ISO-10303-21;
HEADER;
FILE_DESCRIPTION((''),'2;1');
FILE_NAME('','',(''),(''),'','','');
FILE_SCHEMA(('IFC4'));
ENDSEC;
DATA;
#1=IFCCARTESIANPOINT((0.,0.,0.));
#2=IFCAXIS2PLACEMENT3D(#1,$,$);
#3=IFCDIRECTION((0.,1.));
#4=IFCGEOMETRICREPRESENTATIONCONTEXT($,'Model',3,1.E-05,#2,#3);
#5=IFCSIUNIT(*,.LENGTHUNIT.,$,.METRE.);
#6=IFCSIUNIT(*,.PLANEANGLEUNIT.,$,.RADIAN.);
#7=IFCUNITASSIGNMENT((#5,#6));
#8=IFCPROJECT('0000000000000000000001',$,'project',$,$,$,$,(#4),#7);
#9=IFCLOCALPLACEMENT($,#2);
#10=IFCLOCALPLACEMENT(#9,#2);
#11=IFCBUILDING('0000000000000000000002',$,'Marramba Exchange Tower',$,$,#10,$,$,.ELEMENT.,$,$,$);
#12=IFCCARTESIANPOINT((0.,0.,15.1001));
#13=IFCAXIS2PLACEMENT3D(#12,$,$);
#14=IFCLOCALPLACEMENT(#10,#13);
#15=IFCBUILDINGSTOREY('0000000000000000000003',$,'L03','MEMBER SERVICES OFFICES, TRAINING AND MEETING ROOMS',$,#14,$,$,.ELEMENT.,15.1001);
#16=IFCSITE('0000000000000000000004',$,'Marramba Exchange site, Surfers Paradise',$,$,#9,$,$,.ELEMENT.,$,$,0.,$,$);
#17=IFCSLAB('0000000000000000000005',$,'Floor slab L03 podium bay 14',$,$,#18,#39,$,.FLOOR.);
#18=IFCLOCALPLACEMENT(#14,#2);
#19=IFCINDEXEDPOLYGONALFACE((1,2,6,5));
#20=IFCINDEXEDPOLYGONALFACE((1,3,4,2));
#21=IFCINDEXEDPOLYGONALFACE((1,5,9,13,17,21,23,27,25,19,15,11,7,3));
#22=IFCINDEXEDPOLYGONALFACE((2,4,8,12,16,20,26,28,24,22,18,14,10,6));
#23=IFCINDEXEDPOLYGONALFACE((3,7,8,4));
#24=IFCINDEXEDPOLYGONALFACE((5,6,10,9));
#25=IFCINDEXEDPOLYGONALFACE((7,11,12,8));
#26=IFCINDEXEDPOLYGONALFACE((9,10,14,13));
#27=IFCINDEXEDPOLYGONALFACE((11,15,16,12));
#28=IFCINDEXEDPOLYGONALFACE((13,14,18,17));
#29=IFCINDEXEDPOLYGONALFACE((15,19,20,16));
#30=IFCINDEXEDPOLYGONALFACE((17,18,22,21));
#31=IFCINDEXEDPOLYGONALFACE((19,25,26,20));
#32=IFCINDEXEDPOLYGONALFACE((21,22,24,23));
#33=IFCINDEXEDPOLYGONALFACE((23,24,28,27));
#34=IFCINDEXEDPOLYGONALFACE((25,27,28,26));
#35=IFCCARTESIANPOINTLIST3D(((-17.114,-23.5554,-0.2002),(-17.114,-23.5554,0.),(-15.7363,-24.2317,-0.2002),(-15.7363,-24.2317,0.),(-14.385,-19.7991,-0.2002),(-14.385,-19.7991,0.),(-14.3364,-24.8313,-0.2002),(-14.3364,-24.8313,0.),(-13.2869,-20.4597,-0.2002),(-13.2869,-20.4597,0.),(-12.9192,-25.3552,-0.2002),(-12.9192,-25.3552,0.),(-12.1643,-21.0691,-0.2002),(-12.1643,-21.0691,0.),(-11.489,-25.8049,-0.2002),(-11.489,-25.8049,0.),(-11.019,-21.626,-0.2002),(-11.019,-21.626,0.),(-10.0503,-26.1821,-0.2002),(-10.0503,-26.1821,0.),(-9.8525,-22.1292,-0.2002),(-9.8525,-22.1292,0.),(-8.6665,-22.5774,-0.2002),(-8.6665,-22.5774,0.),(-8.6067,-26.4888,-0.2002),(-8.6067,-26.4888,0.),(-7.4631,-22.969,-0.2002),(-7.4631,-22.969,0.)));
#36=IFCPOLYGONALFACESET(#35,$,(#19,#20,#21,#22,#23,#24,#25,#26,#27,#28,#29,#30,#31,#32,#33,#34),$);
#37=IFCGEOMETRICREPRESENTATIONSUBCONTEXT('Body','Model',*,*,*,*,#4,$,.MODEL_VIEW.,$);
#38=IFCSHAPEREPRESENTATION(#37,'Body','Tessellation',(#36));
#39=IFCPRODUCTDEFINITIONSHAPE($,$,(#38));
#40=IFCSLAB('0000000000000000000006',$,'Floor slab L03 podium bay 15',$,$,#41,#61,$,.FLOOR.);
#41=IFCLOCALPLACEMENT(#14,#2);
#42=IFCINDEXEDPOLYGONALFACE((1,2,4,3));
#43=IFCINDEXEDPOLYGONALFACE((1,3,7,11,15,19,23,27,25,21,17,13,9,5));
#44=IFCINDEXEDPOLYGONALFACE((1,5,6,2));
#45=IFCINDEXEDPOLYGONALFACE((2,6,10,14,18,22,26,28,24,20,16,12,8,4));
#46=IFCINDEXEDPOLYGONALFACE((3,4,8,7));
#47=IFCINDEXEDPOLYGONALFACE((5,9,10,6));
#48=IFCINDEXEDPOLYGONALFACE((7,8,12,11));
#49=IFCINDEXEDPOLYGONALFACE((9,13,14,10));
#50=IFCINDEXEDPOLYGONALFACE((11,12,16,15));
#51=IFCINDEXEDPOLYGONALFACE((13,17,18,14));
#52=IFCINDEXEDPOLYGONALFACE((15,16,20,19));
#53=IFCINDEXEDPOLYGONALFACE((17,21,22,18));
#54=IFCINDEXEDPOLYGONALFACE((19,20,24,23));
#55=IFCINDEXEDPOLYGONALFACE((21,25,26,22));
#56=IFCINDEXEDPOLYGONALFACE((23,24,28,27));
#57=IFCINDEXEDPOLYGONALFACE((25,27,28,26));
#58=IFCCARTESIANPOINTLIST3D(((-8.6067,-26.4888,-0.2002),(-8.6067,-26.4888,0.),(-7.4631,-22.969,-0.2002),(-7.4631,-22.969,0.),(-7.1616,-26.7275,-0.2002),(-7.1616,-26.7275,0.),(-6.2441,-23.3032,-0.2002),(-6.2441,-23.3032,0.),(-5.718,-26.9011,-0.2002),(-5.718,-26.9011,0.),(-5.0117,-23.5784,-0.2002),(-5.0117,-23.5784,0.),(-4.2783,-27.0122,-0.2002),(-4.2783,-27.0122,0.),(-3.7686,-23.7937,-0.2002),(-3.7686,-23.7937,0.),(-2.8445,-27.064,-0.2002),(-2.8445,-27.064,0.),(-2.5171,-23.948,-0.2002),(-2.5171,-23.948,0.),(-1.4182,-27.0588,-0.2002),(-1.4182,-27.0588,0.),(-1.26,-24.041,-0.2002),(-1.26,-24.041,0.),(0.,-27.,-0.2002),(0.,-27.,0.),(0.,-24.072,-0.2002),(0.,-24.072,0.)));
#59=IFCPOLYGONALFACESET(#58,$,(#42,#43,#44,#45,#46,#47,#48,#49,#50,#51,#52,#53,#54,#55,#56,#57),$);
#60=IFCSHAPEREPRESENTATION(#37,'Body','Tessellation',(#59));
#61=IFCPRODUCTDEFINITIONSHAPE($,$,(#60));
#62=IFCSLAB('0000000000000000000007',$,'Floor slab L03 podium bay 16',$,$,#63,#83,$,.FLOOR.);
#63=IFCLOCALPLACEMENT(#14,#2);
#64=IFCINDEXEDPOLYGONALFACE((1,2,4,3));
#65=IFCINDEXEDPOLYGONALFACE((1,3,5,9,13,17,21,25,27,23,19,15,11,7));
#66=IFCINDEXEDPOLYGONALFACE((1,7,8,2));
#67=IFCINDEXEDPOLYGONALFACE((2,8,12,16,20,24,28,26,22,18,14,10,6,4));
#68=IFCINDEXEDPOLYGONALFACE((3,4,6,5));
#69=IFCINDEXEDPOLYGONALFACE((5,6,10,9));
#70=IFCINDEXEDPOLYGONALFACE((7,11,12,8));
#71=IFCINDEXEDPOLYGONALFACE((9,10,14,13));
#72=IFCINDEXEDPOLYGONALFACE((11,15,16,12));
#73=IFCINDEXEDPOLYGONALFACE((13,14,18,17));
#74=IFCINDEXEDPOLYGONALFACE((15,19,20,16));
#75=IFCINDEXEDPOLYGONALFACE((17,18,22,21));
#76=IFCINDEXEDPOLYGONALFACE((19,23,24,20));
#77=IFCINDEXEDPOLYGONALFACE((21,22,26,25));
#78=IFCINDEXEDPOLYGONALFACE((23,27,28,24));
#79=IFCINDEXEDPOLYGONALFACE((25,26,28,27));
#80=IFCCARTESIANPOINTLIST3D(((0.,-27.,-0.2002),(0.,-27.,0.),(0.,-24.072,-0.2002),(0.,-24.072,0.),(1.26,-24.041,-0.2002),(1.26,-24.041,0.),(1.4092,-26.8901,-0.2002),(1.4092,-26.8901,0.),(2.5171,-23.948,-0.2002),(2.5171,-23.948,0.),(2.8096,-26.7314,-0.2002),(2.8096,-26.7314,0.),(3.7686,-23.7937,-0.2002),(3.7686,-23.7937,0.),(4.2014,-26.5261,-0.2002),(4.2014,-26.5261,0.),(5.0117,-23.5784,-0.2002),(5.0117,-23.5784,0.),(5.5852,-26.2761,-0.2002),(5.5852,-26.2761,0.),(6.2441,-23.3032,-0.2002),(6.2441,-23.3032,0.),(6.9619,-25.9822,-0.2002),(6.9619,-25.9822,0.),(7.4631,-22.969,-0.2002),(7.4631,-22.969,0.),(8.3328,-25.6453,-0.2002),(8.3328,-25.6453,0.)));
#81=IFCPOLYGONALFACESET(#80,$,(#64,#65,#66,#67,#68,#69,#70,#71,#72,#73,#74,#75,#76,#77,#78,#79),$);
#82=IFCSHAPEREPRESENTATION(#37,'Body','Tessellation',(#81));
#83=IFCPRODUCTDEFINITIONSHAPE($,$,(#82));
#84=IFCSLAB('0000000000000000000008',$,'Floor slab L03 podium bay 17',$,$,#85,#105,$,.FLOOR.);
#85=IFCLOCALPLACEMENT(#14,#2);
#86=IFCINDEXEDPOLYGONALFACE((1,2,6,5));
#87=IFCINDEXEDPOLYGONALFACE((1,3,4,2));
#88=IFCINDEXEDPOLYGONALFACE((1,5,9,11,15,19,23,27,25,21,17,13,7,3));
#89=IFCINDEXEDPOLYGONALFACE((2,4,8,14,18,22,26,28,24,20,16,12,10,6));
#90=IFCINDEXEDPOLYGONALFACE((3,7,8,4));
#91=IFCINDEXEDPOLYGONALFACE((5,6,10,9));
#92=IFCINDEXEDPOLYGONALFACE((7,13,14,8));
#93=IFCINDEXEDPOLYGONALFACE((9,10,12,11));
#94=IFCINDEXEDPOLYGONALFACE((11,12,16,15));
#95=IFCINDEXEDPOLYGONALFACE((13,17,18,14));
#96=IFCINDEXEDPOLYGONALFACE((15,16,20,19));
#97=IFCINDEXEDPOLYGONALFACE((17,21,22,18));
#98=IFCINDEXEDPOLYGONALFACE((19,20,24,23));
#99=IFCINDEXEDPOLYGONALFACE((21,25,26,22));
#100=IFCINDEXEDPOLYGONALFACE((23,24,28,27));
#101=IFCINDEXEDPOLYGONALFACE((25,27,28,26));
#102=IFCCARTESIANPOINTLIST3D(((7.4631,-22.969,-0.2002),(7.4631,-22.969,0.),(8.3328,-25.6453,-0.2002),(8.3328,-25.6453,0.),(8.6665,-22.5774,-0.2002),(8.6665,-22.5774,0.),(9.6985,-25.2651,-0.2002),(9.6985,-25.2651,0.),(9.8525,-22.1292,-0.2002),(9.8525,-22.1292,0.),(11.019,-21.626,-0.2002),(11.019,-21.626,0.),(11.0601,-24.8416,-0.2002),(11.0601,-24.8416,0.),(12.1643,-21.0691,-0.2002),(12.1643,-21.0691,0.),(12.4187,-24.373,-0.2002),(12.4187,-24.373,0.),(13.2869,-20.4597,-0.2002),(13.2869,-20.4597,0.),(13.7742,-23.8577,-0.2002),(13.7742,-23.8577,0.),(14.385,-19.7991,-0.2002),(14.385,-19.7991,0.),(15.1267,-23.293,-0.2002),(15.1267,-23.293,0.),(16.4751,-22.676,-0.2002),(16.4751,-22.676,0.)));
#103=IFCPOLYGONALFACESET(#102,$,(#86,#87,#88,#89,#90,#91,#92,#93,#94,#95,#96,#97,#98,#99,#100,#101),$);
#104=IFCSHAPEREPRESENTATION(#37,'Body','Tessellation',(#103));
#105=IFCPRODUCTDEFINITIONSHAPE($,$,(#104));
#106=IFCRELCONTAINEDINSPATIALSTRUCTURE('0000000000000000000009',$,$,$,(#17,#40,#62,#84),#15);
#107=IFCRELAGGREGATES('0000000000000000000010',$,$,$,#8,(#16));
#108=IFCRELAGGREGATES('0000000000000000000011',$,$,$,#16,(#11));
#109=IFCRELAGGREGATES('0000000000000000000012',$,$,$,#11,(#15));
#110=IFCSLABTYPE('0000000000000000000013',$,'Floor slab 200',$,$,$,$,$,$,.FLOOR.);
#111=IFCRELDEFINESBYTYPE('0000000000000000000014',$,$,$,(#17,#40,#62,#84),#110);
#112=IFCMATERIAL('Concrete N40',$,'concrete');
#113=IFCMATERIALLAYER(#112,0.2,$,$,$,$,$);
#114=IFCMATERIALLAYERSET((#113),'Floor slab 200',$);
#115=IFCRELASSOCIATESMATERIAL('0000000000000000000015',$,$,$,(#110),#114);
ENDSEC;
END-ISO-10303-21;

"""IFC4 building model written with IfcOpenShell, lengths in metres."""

from ifc_helpers import new_model, si_unit, direction, frame, origin, place, context, subcontext, project, spatial, polyline, outline, extrude, material, layer, layer_set, type_object, element, save


model = new_model("IFC4")

# Units and contexts
model_context = context("Model", 3, precision=1e-05, world=origin(), true_north=direction((0.0, 1.0)))
body_context = subcontext(model_context, "Body", "Model", "MODEL_VIEW")
ifc_project = project(units=[si_unit("LENGTHUNIT", "METRE"), si_unit("PLANEANGLEUNIT", "RADIAN")], contexts=[model_context])

# Site, building, storey
site_placement = place(None, origin())
site = spatial("IfcSite", under=ifc_project, at=site_placement, Name="Marramba Exchange site, Surfers Paradise", CompositionType="ELEMENT", RefElevation=0.0)
building_placement = place(site_placement, origin())
building = spatial("IfcBuilding", under=site, at=building_placement, Name="Marramba Exchange Tower", CompositionType="ELEMENT")
storey_placement = place(building_placement, frame((0.0, 0.0, 15.1001)))
storey = spatial("IfcBuildingStorey", under=building, at=storey_placement, Name="L03", Description="MEMBER SERVICES OFFICES, TRAINING AND MEETING ROOMS", CompositionType="ELEMENT", Elevation=15.1001)

# Slabs
ifc_material_1 = material(Name="Concrete N40", Category="concrete")
ifc_layer = layer(ifc_material_1, 0.2)
ifc_layer_set = layer_set([ifc_layer], Name="Floor slab 200")
slab_type = type_object("IfcSlabType", Name="Floor slab 200", PredefinedType="FLOOR", material=ifc_layer_set)
slab_1_placement = place(storey_placement, frame((0.0, 0.0, -0.2002)))
element("IfcSlab", 1, at=slab_1_placement, inside=storey, type_object=slab_type, Name="Floor slab L03 podium bay 14", PredefinedType="FLOOR", context=body_context, shape_type="SweptSolid", body=[
    extrude(outline(polyline([(-8.6067, -26.4888), (-10.0503, -26.1821), (-11.489, -25.8049), (-12.9192, -25.3552), (-14.3364, -24.8313), (-15.7363, -24.2317), (-17.114, -23.5554), (-14.385, -19.7991), (-13.2869, -20.4597), (-12.1643, -21.0691), (-11.019, -21.626), (-9.8525, -22.1292), (-8.6665, -22.5774), (-7.4631, -22.969), (-8.6067, -26.4888)])), origin(), (0.0, 0.0, 1.0), 0.2002),
])
slab_2_placement = place(storey_placement, frame((0.0, 0.0, -0.2002)))
element("IfcSlab", 2, at=slab_2_placement, inside=storey, type_object=slab_type, Name="Floor slab L03 podium bay 15", PredefinedType="FLOOR", context=body_context, shape_type="SweptSolid", body=[
    extrude(outline(polyline([(-1.4182, -27.0588), (-2.8445, -27.064), (-4.2783, -27.0122), (-5.718, -26.9011), (-7.1616, -26.7275), (-8.6067, -26.4888), (-7.4631, -22.969), (-6.2441, -23.3032), (-5.0117, -23.5784), (-3.7686, -23.7937), (-2.5171, -23.948), (-1.26, -24.041), (0.0, -24.072), (0.0, -27.0), (-1.4182, -27.0588)])), origin(), (0.0, 0.0, 1.0), 0.2002),
])
slab_3_placement = place(storey_placement, frame((0.0, 0.0, -0.2002)))
element("IfcSlab", 3, at=slab_3_placement, inside=storey, type_object=slab_type, Name="Floor slab L03 podium bay 16", PredefinedType="FLOOR", context=body_context, shape_type="SweptSolid", body=[
    extrude(outline(polyline([(6.9619, -25.9822), (5.5852, -26.2761), (4.2014, -26.5261), (2.8096, -26.7314), (1.4092, -26.8901), (0.0, -27.0), (0.0, -24.072), (1.26, -24.041), (2.5171, -23.948), (3.7686, -23.7937), (5.0117, -23.5784), (6.2441, -23.3032), (7.4631, -22.969), (8.3328, -25.6453), (6.9619, -25.9822)])), origin(), (0.0, 0.0, 1.0), 0.2002),
])
slab_4_placement = place(storey_placement, frame((0.0, 0.0, -0.2002)))
element("IfcSlab", 4, at=slab_4_placement, inside=storey, type_object=slab_type, Name="Floor slab L03 podium bay 17", PredefinedType="FLOOR", context=body_context, shape_type="SweptSolid", body=[
    extrude(outline(polyline([(16.4751, -22.676), (15.1267, -23.293), (13.7742, -23.8577), (12.4187, -24.373), (11.0601, -24.8416), (9.6985, -25.2651), (8.3328, -25.6453), (7.4631, -22.969), (8.6665, -22.5774), (9.8525, -22.1292), (11.019, -21.626), (12.1643, -21.0691), (13.2869, -20.4597), (14.385, -19.7991), (16.4751, -22.676)])), origin(), (0.0, 0.0, 1.0), 0.2002),
])

save(model, "model.ifc")
